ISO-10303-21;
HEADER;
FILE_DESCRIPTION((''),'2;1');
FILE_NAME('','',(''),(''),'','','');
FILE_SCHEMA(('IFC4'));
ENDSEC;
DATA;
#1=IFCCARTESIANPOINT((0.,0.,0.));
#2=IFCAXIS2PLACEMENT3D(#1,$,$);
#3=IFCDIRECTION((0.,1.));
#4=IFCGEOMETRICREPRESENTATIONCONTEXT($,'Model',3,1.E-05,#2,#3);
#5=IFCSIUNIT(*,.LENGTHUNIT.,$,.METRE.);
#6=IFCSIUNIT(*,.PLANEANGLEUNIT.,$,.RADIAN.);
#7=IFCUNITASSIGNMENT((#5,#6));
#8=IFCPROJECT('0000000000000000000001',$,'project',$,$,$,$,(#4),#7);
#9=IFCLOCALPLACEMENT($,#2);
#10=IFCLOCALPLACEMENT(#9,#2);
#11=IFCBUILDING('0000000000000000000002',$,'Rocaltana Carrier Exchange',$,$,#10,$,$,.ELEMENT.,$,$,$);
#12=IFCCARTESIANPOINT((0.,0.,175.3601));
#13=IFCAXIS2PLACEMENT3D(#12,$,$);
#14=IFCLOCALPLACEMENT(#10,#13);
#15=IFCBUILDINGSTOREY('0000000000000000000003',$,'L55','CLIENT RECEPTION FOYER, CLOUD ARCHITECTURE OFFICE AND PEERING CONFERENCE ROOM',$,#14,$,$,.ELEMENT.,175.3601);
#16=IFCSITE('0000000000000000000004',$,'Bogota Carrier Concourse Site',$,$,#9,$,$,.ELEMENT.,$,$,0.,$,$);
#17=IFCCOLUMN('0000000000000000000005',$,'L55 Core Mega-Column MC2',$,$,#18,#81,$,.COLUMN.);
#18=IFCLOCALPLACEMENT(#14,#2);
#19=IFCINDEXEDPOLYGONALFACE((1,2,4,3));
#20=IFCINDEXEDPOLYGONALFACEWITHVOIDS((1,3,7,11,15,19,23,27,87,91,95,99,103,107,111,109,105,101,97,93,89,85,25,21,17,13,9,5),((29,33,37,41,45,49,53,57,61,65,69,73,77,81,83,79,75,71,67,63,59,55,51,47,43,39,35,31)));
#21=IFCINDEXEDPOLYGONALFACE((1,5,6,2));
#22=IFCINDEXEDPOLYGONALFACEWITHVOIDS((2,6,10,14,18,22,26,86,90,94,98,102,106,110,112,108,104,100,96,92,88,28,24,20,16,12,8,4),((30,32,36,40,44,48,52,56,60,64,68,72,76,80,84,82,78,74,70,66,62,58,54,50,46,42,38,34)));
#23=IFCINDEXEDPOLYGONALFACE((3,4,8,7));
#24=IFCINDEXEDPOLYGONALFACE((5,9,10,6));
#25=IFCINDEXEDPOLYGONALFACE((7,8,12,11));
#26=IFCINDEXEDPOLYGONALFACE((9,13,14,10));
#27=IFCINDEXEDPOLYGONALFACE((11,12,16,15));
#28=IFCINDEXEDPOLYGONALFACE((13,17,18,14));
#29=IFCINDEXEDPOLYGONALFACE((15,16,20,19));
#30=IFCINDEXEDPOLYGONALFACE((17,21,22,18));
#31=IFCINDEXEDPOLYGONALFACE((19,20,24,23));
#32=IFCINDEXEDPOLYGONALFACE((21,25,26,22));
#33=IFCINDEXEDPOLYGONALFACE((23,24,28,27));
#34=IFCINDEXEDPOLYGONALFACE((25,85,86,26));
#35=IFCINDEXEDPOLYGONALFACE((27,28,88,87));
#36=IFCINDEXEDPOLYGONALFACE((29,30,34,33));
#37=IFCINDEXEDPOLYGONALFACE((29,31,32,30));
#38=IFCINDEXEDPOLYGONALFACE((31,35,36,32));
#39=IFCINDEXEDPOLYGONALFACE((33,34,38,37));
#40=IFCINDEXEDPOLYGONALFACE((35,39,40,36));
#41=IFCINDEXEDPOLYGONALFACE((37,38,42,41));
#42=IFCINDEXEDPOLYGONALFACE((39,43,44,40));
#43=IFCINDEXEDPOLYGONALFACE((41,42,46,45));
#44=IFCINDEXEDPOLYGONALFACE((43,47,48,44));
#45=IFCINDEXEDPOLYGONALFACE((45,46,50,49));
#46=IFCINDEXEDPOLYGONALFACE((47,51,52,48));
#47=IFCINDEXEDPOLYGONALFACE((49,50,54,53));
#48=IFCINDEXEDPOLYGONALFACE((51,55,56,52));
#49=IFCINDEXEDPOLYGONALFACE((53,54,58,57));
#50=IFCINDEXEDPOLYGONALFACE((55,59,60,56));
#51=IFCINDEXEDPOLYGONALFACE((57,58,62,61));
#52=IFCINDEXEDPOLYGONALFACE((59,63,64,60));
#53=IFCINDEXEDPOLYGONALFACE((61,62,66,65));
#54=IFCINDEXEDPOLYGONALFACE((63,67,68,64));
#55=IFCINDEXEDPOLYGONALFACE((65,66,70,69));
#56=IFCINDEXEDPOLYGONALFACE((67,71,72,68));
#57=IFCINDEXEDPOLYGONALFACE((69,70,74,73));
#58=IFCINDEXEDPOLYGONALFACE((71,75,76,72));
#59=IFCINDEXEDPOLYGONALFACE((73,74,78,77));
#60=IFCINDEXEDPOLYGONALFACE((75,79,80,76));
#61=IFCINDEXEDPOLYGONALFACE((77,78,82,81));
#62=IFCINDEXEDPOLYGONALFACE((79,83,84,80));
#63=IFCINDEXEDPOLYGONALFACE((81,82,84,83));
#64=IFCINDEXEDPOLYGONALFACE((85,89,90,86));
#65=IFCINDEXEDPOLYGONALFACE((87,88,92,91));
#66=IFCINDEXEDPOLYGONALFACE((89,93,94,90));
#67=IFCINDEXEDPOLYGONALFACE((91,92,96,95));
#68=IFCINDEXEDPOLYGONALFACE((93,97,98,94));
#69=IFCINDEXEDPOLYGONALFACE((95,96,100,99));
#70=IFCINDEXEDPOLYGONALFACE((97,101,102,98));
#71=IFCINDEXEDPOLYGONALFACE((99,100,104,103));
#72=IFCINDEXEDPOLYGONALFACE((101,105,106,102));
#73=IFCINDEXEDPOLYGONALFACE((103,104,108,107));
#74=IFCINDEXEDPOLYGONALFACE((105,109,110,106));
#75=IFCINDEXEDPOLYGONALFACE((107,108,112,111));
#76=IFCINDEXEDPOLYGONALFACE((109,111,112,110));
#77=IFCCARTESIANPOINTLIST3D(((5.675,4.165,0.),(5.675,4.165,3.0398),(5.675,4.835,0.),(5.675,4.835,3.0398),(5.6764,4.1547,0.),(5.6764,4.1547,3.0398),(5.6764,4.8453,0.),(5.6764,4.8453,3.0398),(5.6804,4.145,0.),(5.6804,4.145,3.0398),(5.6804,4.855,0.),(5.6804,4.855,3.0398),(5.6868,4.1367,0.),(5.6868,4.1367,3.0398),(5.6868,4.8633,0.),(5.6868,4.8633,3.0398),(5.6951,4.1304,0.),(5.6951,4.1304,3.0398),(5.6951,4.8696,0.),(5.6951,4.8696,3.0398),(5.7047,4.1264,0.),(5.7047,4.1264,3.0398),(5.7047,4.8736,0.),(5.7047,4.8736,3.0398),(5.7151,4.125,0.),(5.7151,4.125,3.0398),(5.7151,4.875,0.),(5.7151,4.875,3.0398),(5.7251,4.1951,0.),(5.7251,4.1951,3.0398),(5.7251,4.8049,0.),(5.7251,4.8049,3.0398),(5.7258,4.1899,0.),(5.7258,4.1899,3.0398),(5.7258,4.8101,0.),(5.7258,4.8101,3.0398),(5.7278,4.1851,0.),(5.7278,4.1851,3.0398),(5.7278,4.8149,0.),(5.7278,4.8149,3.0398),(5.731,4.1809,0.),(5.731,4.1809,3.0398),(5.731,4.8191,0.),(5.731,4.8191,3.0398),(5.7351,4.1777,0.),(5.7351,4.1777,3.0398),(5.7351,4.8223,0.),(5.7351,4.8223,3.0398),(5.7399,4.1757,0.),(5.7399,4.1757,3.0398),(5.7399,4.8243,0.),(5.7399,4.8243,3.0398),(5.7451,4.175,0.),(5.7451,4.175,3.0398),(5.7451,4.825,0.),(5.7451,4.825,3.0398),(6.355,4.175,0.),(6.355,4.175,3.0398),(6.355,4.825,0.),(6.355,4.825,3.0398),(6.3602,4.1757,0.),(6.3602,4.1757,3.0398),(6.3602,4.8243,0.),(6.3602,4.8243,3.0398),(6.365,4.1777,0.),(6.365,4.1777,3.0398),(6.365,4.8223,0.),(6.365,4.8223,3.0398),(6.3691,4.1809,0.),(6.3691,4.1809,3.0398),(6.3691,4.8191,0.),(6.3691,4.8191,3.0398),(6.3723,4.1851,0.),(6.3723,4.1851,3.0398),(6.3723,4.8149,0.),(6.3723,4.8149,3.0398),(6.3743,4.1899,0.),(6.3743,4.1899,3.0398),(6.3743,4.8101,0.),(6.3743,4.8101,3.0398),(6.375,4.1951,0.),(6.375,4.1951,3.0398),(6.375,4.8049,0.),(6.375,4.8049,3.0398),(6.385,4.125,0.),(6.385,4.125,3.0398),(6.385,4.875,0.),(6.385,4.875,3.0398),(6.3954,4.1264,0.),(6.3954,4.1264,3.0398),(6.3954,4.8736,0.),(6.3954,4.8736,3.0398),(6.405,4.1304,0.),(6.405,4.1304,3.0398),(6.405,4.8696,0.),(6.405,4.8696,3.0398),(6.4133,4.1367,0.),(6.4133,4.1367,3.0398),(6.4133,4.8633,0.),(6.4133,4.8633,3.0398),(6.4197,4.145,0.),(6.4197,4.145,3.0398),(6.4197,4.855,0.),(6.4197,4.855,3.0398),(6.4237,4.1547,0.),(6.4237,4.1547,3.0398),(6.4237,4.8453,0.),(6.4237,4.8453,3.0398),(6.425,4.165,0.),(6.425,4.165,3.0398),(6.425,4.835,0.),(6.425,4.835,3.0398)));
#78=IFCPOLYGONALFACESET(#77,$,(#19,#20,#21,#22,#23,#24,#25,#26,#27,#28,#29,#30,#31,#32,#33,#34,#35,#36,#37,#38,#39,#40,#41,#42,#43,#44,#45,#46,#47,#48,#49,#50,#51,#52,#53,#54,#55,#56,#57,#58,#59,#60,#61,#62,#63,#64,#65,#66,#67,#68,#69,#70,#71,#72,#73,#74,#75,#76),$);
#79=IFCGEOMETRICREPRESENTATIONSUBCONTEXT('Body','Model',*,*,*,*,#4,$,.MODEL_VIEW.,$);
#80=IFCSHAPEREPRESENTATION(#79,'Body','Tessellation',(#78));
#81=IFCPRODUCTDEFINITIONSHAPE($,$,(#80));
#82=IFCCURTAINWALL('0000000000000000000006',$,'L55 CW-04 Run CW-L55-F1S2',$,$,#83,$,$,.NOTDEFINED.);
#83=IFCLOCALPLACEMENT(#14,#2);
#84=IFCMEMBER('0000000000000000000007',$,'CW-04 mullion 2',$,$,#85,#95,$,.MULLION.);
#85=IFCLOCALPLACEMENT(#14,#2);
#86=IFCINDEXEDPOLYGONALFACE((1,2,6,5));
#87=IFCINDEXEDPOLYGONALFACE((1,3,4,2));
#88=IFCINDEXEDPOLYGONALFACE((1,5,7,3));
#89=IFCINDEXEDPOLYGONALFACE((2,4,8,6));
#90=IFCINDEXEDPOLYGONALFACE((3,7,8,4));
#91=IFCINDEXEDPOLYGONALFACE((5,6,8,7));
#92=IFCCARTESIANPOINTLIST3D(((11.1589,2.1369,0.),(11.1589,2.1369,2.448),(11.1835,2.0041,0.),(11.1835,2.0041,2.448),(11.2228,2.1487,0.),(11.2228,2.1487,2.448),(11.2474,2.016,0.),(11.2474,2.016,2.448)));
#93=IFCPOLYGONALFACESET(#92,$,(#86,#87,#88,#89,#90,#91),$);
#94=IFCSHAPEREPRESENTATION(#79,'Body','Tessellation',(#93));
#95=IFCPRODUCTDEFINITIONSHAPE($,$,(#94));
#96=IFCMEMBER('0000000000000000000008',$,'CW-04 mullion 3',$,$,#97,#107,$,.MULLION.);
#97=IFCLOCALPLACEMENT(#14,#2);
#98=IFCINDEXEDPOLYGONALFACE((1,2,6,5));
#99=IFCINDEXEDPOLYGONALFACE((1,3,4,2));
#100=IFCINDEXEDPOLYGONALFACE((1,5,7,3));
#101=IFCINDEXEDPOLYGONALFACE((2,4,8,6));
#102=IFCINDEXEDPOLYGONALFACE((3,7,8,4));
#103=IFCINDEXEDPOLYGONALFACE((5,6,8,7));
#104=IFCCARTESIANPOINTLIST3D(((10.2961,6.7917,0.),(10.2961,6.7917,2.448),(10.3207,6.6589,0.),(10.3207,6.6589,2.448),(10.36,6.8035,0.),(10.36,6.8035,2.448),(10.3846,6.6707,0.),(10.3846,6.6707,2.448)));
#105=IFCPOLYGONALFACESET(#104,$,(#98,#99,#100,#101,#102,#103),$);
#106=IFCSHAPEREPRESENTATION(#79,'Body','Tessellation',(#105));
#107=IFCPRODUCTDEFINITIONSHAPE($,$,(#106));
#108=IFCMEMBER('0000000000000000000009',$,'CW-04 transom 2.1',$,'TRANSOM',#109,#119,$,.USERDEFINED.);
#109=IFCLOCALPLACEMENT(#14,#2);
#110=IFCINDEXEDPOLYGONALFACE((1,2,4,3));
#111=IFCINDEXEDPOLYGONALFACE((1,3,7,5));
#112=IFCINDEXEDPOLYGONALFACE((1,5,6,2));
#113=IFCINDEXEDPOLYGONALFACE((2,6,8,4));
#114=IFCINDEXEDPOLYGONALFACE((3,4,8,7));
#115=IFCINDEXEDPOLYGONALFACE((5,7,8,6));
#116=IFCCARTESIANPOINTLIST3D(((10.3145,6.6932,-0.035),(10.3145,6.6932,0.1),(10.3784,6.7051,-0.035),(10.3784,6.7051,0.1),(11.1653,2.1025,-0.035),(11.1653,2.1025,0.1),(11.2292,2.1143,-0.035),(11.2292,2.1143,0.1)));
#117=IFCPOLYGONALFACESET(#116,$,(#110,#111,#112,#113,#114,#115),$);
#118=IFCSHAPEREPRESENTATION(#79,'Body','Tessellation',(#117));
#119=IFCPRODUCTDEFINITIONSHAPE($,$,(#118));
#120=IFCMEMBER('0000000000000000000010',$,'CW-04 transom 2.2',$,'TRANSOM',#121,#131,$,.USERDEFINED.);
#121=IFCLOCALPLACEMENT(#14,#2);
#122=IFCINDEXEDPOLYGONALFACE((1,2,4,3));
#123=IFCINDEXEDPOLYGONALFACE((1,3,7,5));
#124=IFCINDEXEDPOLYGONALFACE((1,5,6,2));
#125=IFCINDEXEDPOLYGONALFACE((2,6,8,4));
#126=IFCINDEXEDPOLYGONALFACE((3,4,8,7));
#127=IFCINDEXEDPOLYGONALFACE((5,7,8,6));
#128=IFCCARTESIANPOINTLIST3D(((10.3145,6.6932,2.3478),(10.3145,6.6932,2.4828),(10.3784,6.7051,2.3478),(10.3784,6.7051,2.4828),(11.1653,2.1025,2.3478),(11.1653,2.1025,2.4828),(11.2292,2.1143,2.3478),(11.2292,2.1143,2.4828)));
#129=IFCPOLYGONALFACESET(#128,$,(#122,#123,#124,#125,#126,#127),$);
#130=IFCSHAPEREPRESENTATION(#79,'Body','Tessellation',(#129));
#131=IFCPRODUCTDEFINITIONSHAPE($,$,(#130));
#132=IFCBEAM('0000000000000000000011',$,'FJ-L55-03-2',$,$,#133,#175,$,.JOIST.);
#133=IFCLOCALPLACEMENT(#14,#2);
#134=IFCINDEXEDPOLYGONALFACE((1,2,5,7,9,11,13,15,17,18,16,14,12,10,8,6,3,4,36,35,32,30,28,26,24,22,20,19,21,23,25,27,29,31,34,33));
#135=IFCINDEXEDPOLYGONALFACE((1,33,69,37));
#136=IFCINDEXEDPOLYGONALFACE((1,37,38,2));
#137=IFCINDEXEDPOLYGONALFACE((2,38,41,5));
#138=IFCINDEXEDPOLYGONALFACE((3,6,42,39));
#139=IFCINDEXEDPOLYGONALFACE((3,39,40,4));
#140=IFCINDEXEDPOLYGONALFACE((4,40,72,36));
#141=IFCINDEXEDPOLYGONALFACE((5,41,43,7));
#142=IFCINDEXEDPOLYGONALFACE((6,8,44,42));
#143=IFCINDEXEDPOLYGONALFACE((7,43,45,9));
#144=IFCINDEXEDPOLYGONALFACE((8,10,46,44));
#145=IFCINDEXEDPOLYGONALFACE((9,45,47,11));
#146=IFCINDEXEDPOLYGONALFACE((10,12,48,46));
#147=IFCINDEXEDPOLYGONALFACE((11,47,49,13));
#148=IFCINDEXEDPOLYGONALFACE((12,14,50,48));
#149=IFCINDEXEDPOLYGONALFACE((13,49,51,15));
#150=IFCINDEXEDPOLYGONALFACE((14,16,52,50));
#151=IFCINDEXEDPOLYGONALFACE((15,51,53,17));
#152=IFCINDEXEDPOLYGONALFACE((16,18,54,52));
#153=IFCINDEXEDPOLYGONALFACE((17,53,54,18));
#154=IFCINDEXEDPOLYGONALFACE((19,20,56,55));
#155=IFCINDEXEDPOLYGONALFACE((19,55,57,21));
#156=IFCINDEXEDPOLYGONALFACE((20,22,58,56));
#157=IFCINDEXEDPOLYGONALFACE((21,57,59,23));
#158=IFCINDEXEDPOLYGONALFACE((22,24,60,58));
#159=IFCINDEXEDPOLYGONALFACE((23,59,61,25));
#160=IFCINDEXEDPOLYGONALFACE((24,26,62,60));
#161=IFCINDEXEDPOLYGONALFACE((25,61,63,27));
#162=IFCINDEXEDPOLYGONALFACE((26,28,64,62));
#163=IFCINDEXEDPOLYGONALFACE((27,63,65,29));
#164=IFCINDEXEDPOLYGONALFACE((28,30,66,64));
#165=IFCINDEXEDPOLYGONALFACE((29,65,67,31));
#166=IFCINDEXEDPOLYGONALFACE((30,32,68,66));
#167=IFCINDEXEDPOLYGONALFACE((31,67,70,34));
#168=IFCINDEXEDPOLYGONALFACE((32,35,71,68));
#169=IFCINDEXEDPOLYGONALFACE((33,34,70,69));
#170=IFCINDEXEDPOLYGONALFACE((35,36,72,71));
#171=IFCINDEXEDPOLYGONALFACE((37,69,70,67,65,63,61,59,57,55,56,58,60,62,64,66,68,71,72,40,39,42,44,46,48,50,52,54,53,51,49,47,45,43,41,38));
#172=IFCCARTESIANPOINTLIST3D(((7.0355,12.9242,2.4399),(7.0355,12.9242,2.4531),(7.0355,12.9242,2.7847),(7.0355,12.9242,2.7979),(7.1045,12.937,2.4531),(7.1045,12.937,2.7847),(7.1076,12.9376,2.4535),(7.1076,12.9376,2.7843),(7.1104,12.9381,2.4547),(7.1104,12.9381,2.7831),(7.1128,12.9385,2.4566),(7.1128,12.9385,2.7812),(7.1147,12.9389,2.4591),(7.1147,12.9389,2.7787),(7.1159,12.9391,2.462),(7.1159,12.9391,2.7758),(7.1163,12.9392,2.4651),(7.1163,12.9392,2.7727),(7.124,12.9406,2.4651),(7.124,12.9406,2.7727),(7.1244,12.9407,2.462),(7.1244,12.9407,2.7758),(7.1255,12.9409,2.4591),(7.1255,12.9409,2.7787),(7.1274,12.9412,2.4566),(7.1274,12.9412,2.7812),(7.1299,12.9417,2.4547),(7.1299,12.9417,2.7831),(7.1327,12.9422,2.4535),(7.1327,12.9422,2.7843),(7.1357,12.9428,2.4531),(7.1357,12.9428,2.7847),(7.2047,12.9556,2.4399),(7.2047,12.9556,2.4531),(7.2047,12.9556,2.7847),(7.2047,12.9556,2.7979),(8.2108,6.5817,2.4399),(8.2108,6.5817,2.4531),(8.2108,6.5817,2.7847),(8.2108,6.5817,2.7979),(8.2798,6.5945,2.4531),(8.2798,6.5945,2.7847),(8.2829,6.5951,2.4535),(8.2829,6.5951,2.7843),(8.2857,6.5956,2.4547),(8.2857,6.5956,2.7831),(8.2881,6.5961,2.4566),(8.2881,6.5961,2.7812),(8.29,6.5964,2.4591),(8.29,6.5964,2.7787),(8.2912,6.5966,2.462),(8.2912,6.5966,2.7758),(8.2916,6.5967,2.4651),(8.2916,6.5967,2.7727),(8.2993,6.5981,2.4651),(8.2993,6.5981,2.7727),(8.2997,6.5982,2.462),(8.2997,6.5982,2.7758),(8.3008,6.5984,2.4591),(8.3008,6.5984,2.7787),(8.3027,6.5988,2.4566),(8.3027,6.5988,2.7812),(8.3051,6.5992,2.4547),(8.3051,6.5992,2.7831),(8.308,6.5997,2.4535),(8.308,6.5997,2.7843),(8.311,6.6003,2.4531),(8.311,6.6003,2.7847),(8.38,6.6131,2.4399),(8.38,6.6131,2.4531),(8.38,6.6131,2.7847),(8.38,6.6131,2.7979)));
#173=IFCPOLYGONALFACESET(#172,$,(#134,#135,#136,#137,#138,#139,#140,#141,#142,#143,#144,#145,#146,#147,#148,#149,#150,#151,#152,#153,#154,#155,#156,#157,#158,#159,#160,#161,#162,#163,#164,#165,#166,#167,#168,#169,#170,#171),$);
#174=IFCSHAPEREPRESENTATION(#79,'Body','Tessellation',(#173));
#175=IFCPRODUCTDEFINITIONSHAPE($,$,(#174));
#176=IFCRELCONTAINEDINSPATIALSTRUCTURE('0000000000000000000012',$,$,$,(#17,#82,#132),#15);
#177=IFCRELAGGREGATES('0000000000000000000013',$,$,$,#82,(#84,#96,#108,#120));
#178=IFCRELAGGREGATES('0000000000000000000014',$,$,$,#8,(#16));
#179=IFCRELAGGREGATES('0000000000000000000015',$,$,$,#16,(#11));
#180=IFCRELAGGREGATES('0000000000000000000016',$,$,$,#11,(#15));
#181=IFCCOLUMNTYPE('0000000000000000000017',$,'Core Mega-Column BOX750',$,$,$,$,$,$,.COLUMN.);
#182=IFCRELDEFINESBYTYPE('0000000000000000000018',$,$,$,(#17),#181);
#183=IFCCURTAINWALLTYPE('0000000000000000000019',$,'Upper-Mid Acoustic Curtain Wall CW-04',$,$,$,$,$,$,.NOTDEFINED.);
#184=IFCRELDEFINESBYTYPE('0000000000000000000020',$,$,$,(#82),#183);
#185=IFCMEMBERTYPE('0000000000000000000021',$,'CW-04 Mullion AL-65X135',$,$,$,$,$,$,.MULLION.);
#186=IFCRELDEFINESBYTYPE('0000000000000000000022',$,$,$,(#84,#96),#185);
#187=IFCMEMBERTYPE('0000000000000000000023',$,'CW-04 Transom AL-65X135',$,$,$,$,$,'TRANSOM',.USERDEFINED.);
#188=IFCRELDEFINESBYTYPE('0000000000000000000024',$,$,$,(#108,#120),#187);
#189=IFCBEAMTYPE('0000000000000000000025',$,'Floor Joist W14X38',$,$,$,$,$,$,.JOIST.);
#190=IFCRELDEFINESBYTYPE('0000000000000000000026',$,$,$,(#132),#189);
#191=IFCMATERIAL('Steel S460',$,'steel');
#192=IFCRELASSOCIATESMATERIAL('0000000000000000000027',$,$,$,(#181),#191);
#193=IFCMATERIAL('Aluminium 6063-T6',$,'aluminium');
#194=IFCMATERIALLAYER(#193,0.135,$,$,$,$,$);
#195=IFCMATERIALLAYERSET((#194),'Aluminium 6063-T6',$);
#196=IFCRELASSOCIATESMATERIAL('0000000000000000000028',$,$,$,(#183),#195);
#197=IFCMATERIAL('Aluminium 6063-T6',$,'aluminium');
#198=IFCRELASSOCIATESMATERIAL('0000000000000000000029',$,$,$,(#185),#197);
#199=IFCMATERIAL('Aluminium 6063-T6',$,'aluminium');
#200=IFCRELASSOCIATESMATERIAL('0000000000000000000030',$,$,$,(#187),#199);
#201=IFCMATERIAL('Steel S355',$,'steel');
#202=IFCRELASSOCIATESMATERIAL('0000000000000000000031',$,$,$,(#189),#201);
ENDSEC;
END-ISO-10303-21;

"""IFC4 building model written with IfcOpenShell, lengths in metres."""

from ifc_helpers import new_model, si_unit, direction, frame, origin, origin_2d, place, context, subcontext, project, spatial, rectangle, hollow_rectangle, i_section, extrude, material, layer, layer_set, material_profile, profile_set, type_object, element, aggregate, save


model = new_model("IFC4")

# Units and contexts
model_context = context("Model", 3, precision=1e-05, world=origin(), true_north=direction((0.0, 1.0)))
body_context = subcontext(model_context, "Body", "Model", "MODEL_VIEW")
ifc_project = project(units=[si_unit("LENGTHUNIT", "METRE"), si_unit("PLANEANGLEUNIT", "RADIAN")], contexts=[model_context])

# Site, building, storey
site_placement = place(None, origin())
site = spatial("IfcSite", under=ifc_project, at=site_placement, Name="Bogota Carrier Concourse Site", CompositionType="ELEMENT", RefElevation=0.0)
building_placement = place(site_placement, origin())
building = spatial("IfcBuilding", under=site, at=building_placement, Name="Rocaltana Carrier Exchange", CompositionType="ELEMENT")
storey_placement = place(building_placement, frame((0.0, 0.0, 175.3601)))
storey = spatial("IfcBuildingStorey", under=building, at=storey_placement, Name="L55", Description="CLIENT RECEPTION FOYER, CLOUD ARCHITECTURE OFFICE AND PEERING CONFERENCE ROOM", CompositionType="ELEMENT", Elevation=175.3601)

# Column
ifc_material_1 = material(Name="Steel S460", Category="steel")
ifc_material_profile_1 = material_profile(ifc_material_1, hollow_rectangle(XDim=0.75, YDim=0.75, WallThickness=0.05, InnerFilletRadius=0.02, OuterFilletRadius=0.04, at=origin_2d()), Name="BOX750X750X50")
ifc_profile_set_1 = profile_set([ifc_material_profile_1], Name="Steel S460")
column_type = type_object("IfcColumnType", Name="Core Mega-Column BOX750", PredefinedType="COLUMN", material=ifc_profile_set_1)
column_placement = place(storey_placement, frame((6.05, 4.5, 0.0), z_axis=(0.0, 0.0, 1.0), x_axis=(1.0, 0.0, 0.0)))
element("IfcColumn", 1, at=column_placement, inside=storey, type_object=column_type, Name="L55 Core Mega-Column MC2", PredefinedType="COLUMN", context=body_context, shape_type="SweptSolid", body=[
    extrude(hollow_rectangle(XDim=0.75, YDim=0.75, WallThickness=0.05, InnerFilletRadius=0.02, OuterFilletRadius=0.04, at=origin_2d()), origin(), (0.0, 0.0, 1.0), 3.0398),
])

# Curtain wall, members
ifc_material_2 = material(Name="Aluminium 6063-T6", Category="aluminium")
ifc_layer_1 = layer(ifc_material_2, 0.135)
ifc_layer_set_1 = layer_set([ifc_layer_1], Name="Aluminium 6063-T6")
curtain_wall_type = type_object("IfcCurtainWallType", Name="Upper-Mid Acoustic Curtain Wall CW-04", PredefinedType="NOTDEFINED", material=ifc_layer_set_1)
curtain_wall_placement = place(storey_placement, origin())
curtain_wall = element("IfcCurtainWall", 2, at=curtain_wall_placement, inside=storey, type_object=curtain_wall_type, Name="L55 CW-04 Run CW-L55-F1S2", PredefinedType="NOTDEFINED")
ifc_material_3 = material(Name="Aluminium 6063-T6", Category="aluminium")
ifc_material_profile_2 = material_profile(ifc_material_3, rectangle(XDim=0.0649, YDim=0.135, at=origin_2d()), Name="AL-65X135")
ifc_profile_set_2 = profile_set([ifc_material_profile_2], Name="Aluminium 6063-T6")
member_type_1 = type_object("IfcMemberType", Name="CW-04 Mullion AL-65X135", PredefinedType="MULLION", material=ifc_profile_set_2)
member_1_placement = place(storey_placement, frame((11.2031, 2.0764, 0.0), z_axis=(0.0, 0.0, 1.0), x_axis=(-0.983255, -0.182236, 0.0)))
member_1 = element("IfcMember", 3, at=member_1_placement, type_object=member_type_1, Name="CW-04 mullion 2", PredefinedType="MULLION", context=body_context, shape_type="SweptSolid", body=[
    extrude(rectangle(XDim=0.0649, YDim=0.135, at=origin_2d()), origin(), (0.0, 0.0, 1.0), 2.448),
])
member_2_placement = place(storey_placement, frame((10.3403, 6.7312, 0.0), z_axis=(0.0, 0.0, 1.0), x_axis=(-0.983255, -0.182236, 0.0)))
member_2 = element("IfcMember", 4, at=member_2_placement, type_object=member_type_1, Name="CW-04 mullion 3", PredefinedType="MULLION", context=body_context, shape_type="SweptSolid", body=[
    extrude(rectangle(XDim=0.0649, YDim=0.135, at=origin_2d()), origin(), (0.0, 0.0, 1.0), 2.448),
])
ifc_material_4 = material(Name="Aluminium 6063-T6", Category="aluminium")
ifc_material_profile_3 = material_profile(ifc_material_4, rectangle(XDim=0.0649, YDim=0.135, at=origin_2d()), Name="AL-65X135")
ifc_profile_set_3 = profile_set([ifc_material_profile_3], Name="Aluminium 6063-T6")
member_type_2 = type_object("IfcMemberType", Name="CW-04 Transom AL-65X135", ElementType="TRANSOM", PredefinedType="USERDEFINED", material=ifc_profile_set_3)
member_3_placement = place(storey_placement, frame((11.1973, 2.1084, 0.0325), z_axis=(-0.18223, 0.983256, 0.0), x_axis=(-0.983256, -0.18223, 0.0)))
member_3 = element("IfcMember", 5, at=member_3_placement, type_object=member_type_2, Name="CW-04 transom 2.1", ObjectType="TRANSOM", PredefinedType="USERDEFINED", context=body_context, shape_type="SweptSolid", body=[
    extrude(rectangle(XDim=0.0649, YDim=0.135, at=origin_2d()), origin(), (0.0, 0.0, 1.0), 4.6689),
])
member_4_placement = place(storey_placement, frame((11.1973, 2.1084, 2.4153), z_axis=(-0.18223, 0.983256, 0.0), x_axis=(-0.983256, -0.18223, 0.0)))
member_4 = element("IfcMember", 6, at=member_4_placement, type_object=member_type_2, Name="CW-04 transom 2.2", ObjectType="TRANSOM", PredefinedType="USERDEFINED", context=body_context, shape_type="SweptSolid", body=[
    extrude(rectangle(XDim=0.0649, YDim=0.135, at=origin_2d()), origin(), (0.0, 0.0, 1.0), 4.6689),
])

# Beam
ifc_material_5 = material(Name="Steel S355", Category="steel")
ifc_material_profile_4 = material_profile(ifc_material_5, i_section(OverallWidth=0.1721, OverallDepth=0.3579, WebThickness=0.0078, FlangeThickness=0.0132, FilletRadius=0.012, at=origin_2d()), Name="W14X38")
ifc_profile_set_4 = profile_set([ifc_material_profile_4], Name="Steel S355")
beam_type_1 = type_object("IfcBeamType", Name="Floor Joist W14X38", PredefinedType="JOIST", material=ifc_profile_set_4)
beam_1_placement = place(storey_placement, frame((8.2954, 6.5974, 2.6189), z_axis=(-0.182202, 0.983261, 0.0), x_axis=(-0.983261, -0.182202, 0.0)))
element("IfcBeam", 7, at=beam_1_placement, inside=storey, type_object=beam_type_1, Name="FJ-L55-03-2", PredefinedType="JOIST", context=body_context, shape_type="SweptSolid", body=[
    extrude(i_section(OverallWidth=0.1721, OverallDepth=0.3579, WebThickness=0.0078, FlangeThickness=0.0132, FilletRadius=0.012, at=origin_2d()), origin(), (0.0, 0.0, 1.0), 6.4504),
])

aggregate(curtain_wall, [member_1, member_2, member_3, member_4])

save(model, "model.ifc")
